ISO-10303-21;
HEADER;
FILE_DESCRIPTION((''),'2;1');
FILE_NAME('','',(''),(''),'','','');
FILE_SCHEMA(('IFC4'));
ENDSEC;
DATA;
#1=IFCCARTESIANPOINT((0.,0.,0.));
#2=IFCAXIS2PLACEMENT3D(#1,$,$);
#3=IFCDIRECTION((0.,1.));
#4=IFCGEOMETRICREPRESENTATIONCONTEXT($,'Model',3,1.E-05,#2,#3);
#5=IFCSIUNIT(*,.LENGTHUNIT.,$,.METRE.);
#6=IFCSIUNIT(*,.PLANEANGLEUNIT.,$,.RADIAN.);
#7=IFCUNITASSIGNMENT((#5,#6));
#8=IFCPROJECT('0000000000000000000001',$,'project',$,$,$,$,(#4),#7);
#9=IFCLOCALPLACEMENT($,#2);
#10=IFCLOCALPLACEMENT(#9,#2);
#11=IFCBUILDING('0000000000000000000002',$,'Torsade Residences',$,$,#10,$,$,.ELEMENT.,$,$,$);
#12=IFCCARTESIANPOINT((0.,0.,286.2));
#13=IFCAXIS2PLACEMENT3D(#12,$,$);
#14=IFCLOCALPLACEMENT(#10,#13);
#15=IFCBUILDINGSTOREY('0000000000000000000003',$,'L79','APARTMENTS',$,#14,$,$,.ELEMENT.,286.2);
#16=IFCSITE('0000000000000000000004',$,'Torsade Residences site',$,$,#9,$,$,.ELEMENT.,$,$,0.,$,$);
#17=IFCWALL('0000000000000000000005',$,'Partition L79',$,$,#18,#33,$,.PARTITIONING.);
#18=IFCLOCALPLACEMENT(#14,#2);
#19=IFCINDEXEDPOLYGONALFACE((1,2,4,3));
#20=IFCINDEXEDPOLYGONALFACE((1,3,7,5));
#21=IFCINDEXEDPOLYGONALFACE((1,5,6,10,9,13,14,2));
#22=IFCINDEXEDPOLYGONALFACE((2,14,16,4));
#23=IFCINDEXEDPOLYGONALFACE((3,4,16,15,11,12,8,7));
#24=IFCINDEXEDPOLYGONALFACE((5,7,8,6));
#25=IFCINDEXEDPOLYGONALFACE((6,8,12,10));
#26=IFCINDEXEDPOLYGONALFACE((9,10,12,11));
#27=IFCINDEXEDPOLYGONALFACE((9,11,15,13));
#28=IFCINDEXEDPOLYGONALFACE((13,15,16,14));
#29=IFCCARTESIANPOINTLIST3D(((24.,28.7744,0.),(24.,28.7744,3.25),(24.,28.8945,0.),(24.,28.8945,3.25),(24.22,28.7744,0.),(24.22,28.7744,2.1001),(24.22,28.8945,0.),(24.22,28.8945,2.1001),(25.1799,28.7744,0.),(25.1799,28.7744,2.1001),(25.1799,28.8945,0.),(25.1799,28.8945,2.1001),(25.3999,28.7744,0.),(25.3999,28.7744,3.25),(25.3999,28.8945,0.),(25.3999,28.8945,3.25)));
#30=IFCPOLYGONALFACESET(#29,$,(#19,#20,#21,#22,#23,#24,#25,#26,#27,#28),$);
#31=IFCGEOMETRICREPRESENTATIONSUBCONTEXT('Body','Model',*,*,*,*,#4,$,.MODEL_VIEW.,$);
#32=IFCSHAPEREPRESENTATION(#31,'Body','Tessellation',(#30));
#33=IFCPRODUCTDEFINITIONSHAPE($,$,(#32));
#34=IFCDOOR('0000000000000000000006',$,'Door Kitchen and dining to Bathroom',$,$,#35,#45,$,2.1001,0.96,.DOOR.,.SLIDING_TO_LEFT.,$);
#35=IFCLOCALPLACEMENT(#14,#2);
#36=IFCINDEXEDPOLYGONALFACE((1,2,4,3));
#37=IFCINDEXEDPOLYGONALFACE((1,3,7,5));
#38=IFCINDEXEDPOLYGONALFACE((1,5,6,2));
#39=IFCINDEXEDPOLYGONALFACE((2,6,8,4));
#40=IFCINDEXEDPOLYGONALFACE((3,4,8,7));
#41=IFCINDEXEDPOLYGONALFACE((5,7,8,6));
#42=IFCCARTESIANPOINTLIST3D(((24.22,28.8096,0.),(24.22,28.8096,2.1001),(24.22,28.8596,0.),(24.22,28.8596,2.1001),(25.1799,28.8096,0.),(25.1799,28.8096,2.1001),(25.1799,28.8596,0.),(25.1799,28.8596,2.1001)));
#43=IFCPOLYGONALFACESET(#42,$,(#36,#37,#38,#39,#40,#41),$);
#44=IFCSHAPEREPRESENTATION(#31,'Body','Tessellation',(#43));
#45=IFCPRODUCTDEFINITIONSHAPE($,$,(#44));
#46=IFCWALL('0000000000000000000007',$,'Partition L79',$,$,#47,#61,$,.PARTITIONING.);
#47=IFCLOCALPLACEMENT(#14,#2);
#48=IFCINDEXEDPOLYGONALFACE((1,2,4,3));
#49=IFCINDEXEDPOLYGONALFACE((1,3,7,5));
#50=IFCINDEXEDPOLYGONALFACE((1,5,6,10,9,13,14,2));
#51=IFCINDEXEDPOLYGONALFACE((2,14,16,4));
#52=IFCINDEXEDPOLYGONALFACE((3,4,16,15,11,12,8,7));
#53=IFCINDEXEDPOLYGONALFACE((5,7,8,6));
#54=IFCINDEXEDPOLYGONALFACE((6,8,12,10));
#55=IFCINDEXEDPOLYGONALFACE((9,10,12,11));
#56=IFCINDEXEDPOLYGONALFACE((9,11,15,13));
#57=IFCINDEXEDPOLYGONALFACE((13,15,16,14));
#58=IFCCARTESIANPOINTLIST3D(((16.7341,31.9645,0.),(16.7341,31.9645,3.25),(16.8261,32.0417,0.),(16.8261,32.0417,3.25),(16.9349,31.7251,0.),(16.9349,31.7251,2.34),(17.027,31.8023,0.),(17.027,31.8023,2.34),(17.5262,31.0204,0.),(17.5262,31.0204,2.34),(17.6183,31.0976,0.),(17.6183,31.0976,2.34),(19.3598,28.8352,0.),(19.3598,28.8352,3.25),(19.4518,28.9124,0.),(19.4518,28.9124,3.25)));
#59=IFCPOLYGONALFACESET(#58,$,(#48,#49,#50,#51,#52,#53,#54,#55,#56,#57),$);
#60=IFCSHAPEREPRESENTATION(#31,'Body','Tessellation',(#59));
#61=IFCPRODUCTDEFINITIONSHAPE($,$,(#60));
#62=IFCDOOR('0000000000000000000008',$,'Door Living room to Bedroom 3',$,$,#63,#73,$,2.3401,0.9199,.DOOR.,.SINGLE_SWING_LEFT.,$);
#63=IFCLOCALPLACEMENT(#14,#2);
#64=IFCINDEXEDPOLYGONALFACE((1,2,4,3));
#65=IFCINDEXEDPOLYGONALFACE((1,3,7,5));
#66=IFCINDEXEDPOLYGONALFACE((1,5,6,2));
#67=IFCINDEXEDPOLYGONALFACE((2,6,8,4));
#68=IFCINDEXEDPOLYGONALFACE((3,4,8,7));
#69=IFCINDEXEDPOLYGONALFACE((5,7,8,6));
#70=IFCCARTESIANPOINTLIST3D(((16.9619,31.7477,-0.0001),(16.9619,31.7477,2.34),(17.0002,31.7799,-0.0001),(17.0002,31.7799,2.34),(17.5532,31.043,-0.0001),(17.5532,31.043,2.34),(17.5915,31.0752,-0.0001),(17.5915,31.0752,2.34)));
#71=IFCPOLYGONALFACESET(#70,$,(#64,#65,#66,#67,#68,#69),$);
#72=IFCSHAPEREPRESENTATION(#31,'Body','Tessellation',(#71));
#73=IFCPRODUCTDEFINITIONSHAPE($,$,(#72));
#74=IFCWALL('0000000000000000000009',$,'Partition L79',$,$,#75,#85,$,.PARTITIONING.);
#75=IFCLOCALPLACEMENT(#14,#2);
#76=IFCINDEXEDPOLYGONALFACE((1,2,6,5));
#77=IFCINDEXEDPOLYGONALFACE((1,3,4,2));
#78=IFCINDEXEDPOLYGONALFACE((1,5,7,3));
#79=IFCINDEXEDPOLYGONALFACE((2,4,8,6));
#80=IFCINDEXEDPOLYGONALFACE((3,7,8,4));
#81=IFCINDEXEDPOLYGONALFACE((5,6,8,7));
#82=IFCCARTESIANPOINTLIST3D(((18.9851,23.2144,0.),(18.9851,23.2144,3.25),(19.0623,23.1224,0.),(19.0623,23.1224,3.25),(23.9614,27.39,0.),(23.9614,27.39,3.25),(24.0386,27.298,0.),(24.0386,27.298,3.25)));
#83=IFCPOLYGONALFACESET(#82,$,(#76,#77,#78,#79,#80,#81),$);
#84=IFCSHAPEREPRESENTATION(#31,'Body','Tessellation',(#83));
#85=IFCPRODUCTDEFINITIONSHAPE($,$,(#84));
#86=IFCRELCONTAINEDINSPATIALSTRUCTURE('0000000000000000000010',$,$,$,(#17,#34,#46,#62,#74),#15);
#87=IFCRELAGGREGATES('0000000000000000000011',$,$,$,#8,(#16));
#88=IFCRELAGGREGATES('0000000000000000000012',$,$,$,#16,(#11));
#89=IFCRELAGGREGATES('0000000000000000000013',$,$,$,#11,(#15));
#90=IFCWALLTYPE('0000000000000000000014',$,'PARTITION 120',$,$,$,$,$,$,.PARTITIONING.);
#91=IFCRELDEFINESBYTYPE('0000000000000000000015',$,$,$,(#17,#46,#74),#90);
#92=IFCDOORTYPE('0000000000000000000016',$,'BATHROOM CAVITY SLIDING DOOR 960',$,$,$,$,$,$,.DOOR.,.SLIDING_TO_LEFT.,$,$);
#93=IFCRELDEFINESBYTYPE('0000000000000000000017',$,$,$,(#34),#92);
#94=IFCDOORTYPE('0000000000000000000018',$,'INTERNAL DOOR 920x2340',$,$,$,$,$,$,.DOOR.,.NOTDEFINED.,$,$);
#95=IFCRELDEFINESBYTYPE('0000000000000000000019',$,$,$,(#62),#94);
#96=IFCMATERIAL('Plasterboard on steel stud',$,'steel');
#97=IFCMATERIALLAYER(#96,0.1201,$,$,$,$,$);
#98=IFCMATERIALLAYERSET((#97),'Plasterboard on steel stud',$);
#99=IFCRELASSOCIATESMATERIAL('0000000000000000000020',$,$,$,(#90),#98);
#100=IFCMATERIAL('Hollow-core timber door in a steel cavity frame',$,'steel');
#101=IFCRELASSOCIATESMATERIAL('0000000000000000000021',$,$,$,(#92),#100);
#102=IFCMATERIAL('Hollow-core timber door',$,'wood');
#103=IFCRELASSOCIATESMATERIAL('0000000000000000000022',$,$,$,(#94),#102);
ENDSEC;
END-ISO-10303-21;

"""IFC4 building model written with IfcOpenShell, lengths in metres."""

from ifc_helpers import new_model, si_unit, direction, frame, frame_2d, origin, place, context, subcontext, project, spatial, rectangle, extrude, material, layer, layer_set, type_object, element, fill, save


model = new_model("IFC4")

# Units and contexts
model_context = context("Model", 3, precision=1e-05, world=origin(), true_north=direction((0.0, 1.0)))
body_context = subcontext(model_context, "Body", "Model", "MODEL_VIEW")
ifc_project = project(units=[si_unit("LENGTHUNIT", "METRE"), si_unit("PLANEANGLEUNIT", "RADIAN")], contexts=[model_context])

# Site, building, storey
site_placement = place(None, origin())
site = spatial("IfcSite", under=ifc_project, at=site_placement, Name="Torsade Residences site", CompositionType="ELEMENT", RefElevation=0.0)
building_placement = place(site_placement, origin())
building = spatial("IfcBuilding", under=site, at=building_placement, Name="Torsade Residences", CompositionType="ELEMENT")
storey_placement = place(building_placement, frame((0.0, 0.0, 286.2)))
storey = spatial("IfcBuildingStorey", under=building, at=storey_placement, Name="L79", Description="APARTMENTS", CompositionType="ELEMENT", Elevation=286.2)

# Walls, openings, doors
ifc_material_1 = material(Name="Plasterboard on steel stud", Category="steel")
ifc_layer_1 = layer(ifc_material_1, 0.1201)
ifc_layer_set_1 = layer_set([ifc_layer_1], Name="Plasterboard on steel stud")
wall_type_1 = type_object("IfcWallType", Name="PARTITION 120", PredefinedType="PARTITIONING", material=ifc_layer_set_1)
wall_1_placement = place(storey_placement, frame((25.3999, 28.8345, 0.0), z_axis=(0.0, 0.0, 1.0), x_axis=(-1.0, 0.0, 0.0)))
wall_1 = element("IfcWall", 1, at=wall_1_placement, inside=storey, type_object=wall_type_1, Name="Partition L79", PredefinedType="PARTITIONING", context=body_context, shape_type="SweptSolid", body=[
    extrude(rectangle(XDim=1.3999, YDim=0.1201, at=frame_2d((0.7, 0.0))), origin(), (0.0, 0.0, 1.0), 3.25),
])
opening_1_placement = place(wall_1_placement, frame((0.22, 0.0, 0.0)))
opening_1 = element("IfcOpeningElement", 2, at=opening_1_placement, cuts=wall_1, PredefinedType="OPENING", context=body_context, shape_type="SweptSolid", body=[
    extrude(rectangle(XDim=0.96, YDim=2.1001, at=frame_2d((0.48, 1.05))), frame((0.0, 0.0701, 0.0), z_axis=(0.0, -1.0, 0.0), x_axis=(1.0, 0.0, 0.0)), (0.0, 0.0, 1.0), 0.1401),
])
ifc_material_2 = material(Name="Hollow-core timber door in a steel cavity frame", Category="steel")
door_type_1 = type_object("IfcDoorType", Name="BATHROOM CAVITY SLIDING DOOR 960", OperationType="SLIDING_TO_LEFT", PredefinedType="DOOR", material=ifc_material_2)
door_1_placement = place(opening_1_placement, origin())
door_1 = element("IfcDoor", 3, at=door_1_placement, inside=storey, type_object=door_type_1, Name="Door Kitchen and dining to Bathroom", OperationType="SLIDING_TO_LEFT", OverallHeight=2.1001, OverallWidth=0.96, PredefinedType="DOOR", context=body_context, shape_type="SweptSolid", body=[
    extrude(rectangle(XDim=0.96, YDim=2.1001, at=frame_2d((0.48, 1.05))), frame((0.0, 0.0249, 0.0), z_axis=(0.0, -1.0, 0.0), x_axis=(1.0, 0.0, 0.0)), (0.0, 0.0, 1.0), 0.05),
])
fill(opening_1, door_1)
wall_2_placement = place(storey_placement, frame((19.4058, 28.8738, 0.0), z_axis=(0.0, 0.0, 1.0), x_axis=(-0.642767, 0.766061, 0.0)))
wall_2 = element("IfcWall", 4, at=wall_2_placement, inside=storey, type_object=wall_type_1, Name="Partition L79", PredefinedType="PARTITIONING", context=body_context, shape_type="SweptSolid", body=[
    extrude(rectangle(XDim=4.085, YDim=0.1201, at=frame_2d((2.0425, 0.0))), origin(), (0.0, 0.0, 1.0), 3.25),
])
opening_2_placement = place(wall_2_placement, frame((2.8525, 0.0, 0.0)))
opening_2 = element("IfcOpeningElement", 5, at=opening_2_placement, cuts=wall_2, PredefinedType="OPENING", context=body_context, shape_type="SweptSolid", body=[
    extrude(rectangle(XDim=0.9199, YDim=2.3401, at=frame_2d((0.46, 1.1699))), frame((0.0, 0.0701, 0.0), z_axis=(0.0, -1.0, 0.0), x_axis=(1.0, 0.0, 0.0)), (0.0, 0.0, 1.0), 0.1401),
])
ifc_material_3 = material(Name="Hollow-core timber door", Category="wood")
door_type_2 = type_object("IfcDoorType", Name="INTERNAL DOOR 920x2340", OperationType="NOTDEFINED", PredefinedType="DOOR", material=ifc_material_3)
door_2_placement = place(opening_2_placement, origin())
door_2 = element("IfcDoor", 6, at=door_2_placement, inside=storey, type_object=door_type_2, Name="Door Living room to Bedroom 3", OperationType="SINGLE_SWING_LEFT", OverallHeight=2.3401, OverallWidth=0.9199, PredefinedType="DOOR", context=body_context, shape_type="SweptSolid", body=[
    extrude(rectangle(XDim=0.9199, YDim=2.3401, at=frame_2d((0.46, 1.1699))), frame((0.0, 0.0249, 0.0), z_axis=(0.0, -1.0, 0.0), x_axis=(1.0, 0.0, 0.0)), (0.0, 0.0, 1.0), 0.05),
])
fill(opening_2, door_2)

# Wall
wall_3_placement = place(storey_placement, frame((24.0, 27.344, 0.0), z_axis=(0.0, 0.0, 1.0), x_axis=(-0.766051, -0.642779, 0.0)))
element("IfcWall", 7, at=wall_3_placement, inside=storey, type_object=wall_type_1, Name="Partition L79", PredefinedType="PARTITIONING", context=body_context, shape_type="SweptSolid", body=[
    extrude(rectangle(XDim=6.4961, YDim=0.1201, at=frame_2d((3.248, 0.0))), origin(), (0.0, 0.0, 1.0), 3.25),
])

save(model, "model.ifc")
